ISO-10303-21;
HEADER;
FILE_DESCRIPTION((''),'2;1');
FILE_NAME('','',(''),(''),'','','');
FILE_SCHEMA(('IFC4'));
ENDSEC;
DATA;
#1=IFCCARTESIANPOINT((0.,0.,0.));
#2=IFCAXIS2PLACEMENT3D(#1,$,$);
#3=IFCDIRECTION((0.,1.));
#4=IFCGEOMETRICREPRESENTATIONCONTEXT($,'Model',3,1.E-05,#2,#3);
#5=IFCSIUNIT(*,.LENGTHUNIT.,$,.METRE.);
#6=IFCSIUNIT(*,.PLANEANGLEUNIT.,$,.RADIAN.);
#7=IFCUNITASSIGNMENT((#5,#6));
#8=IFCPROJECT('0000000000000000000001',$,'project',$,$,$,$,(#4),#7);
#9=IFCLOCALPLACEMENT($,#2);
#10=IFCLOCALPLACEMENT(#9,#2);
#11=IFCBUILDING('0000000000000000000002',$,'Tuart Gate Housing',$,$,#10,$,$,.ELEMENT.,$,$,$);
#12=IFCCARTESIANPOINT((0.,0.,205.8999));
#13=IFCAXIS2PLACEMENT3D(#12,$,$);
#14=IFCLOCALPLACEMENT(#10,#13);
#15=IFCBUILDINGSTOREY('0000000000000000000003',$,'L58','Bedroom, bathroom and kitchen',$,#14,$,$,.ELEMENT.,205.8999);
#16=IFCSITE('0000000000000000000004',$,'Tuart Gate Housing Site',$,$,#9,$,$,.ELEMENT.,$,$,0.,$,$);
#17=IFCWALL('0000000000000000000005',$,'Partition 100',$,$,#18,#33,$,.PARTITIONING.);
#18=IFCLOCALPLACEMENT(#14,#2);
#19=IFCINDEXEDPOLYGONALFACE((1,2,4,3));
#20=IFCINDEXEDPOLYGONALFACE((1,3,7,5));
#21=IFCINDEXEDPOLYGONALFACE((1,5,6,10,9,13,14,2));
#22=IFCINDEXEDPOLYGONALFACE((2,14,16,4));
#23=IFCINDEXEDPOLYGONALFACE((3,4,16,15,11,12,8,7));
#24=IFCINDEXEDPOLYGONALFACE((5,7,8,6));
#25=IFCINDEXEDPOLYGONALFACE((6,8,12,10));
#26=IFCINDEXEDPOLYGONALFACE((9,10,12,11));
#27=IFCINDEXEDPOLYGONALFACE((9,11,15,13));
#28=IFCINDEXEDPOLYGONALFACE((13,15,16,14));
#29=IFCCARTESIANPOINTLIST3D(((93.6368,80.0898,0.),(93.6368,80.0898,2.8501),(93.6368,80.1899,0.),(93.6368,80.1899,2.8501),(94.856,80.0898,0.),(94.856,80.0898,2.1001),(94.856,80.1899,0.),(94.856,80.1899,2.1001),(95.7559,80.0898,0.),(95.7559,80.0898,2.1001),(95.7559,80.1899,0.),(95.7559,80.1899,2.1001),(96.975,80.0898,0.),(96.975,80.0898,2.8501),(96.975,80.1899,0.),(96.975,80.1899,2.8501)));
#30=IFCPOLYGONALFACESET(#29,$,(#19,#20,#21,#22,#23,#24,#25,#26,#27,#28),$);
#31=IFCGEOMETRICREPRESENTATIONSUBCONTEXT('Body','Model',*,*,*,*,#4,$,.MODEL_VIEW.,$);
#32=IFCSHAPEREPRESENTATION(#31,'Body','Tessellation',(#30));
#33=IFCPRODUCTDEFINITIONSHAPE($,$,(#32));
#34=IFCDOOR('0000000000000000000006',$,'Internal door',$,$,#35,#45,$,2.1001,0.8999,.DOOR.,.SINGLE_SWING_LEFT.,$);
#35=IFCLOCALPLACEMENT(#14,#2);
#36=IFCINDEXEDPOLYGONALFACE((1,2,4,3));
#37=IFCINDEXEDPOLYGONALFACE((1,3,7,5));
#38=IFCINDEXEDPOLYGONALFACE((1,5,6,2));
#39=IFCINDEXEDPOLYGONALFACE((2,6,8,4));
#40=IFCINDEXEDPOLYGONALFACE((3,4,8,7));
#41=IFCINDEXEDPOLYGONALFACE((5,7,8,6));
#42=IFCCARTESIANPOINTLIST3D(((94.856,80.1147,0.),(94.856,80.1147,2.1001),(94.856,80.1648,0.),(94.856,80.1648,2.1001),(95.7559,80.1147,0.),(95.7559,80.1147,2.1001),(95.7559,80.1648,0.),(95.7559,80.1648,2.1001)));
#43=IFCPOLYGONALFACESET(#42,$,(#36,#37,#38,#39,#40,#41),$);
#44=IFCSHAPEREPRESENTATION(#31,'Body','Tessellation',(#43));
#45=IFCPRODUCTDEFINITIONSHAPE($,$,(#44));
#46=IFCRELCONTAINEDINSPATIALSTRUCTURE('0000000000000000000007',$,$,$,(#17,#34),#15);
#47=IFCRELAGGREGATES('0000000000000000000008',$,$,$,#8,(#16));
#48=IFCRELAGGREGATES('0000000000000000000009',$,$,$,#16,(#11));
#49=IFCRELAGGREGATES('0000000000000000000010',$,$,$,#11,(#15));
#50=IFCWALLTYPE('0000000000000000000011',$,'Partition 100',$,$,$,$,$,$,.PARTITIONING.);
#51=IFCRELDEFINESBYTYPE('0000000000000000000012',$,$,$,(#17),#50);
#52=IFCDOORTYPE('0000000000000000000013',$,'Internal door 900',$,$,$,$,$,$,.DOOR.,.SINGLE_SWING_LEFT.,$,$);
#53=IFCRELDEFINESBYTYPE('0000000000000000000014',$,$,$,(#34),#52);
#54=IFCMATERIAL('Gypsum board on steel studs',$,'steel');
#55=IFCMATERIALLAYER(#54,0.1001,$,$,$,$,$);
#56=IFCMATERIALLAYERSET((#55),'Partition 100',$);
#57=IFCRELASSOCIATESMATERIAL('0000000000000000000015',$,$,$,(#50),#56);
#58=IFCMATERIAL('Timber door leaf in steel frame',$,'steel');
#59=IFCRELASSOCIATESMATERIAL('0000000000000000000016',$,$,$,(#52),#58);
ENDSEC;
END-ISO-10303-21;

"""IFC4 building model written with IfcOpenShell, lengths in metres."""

from ifc_helpers import new_model, si_unit, direction, frame, frame_2d, origin, place, context, subcontext, project, spatial, rectangle, extrude, material, layer, layer_set, type_object, element, fill, save


model = new_model("IFC4")

# Units and contexts
model_context = context("Model", 3, precision=1e-05, world=origin(), true_north=direction((0.0, 1.0)))
body_context = subcontext(model_context, "Body", "Model", "MODEL_VIEW")
ifc_project = project(units=[si_unit("LENGTHUNIT", "METRE"), si_unit("PLANEANGLEUNIT", "RADIAN")], contexts=[model_context])

# Site, building, storey
site_placement = place(None, origin())
site = spatial("IfcSite", under=ifc_project, at=site_placement, Name="Tuart Gate Housing Site", CompositionType="ELEMENT", RefElevation=0.0)
building_placement = place(site_placement, origin())
building = spatial("IfcBuilding", under=site, at=building_placement, Name="Tuart Gate Housing", CompositionType="ELEMENT")
storey_placement = place(building_placement, frame((0.0, 0.0, 205.8999)))
storey = spatial("IfcBuildingStorey", under=building, at=storey_placement, Name="L58", Description="Bedroom, bathroom and kitchen", CompositionType="ELEMENT", Elevation=205.8999)

# Wall, opening, door
ifc_material_1 = material(Name="Gypsum board on steel studs", Category="steel")
ifc_layer = layer(ifc_material_1, 0.1001)
ifc_layer_set = layer_set([ifc_layer], Name="Partition 100")
wall_type = type_object("IfcWallType", Name="Partition 100", PredefinedType="PARTITIONING", material=ifc_layer_set)
wall_1_placement = place(storey_placement, frame((93.637, 80.1399, 0.0), z_axis=(0.0, 0.0, 1.0), x_axis=(1.0, 0.0, 0.0)))
wall_1 = element("IfcWall", 1, at=wall_1_placement, inside=storey, type_object=wall_type, Name="Partition 100", PredefinedType="PARTITIONING", context=body_context, shape_type="SweptSolid", body=[
    extrude(rectangle(XDim=3.3381, YDim=0.1001, at=frame_2d((1.6689, 0.0))), origin(), (0.0, 0.0, 1.0), 2.8501),
])
opening_1_placement = place(wall_1_placement, frame((1.219, 0.0, 0.0)))
opening_1 = element("IfcOpeningElement", 2, at=opening_1_placement, cuts=wall_1, PredefinedType="OPENING", context=body_context, shape_type="SweptSolid", body=[
    extrude(rectangle(XDim=0.8999, YDim=2.1001, at=frame_2d((0.45, 1.05))), frame((0.0, 0.0601, 0.0), z_axis=(0.0, -1.0, 0.0), x_axis=(1.0, 0.0, 0.0)), (0.0, 0.0, 1.0), 0.1201),
])
ifc_material_2 = material(Name="Timber door leaf in steel frame", Category="steel")
door_type_1 = type_object("IfcDoorType", Name="Internal door 900", OperationType="SINGLE_SWING_LEFT", PredefinedType="DOOR", material=ifc_material_2)
door_1_placement = place(opening_1_placement, frame((0.8999, 0.0, 0.0), z_axis=(0.0, 0.0, 1.0), x_axis=(-1.0, 0.0, 0.0)))
door_1 = element("IfcDoor", 3, at=door_1_placement, inside=storey, type_object=door_type_1, Name="Internal door", OperationType="SINGLE_SWING_LEFT", OverallHeight=2.1001, OverallWidth=0.8999, PredefinedType="DOOR", context=body_context, shape_type="SweptSolid", body=[
    extrude(rectangle(XDim=0.8999, YDim=2.1001, at=frame_2d((0.45, 1.05))), frame((0.0, 0.0251, 0.0), z_axis=(0.0, -1.0, 0.0), x_axis=(1.0, 0.0, 0.0)), (0.0, 0.0, 1.0), 0.05),
])
fill(opening_1, door_1)

save(model, "model.ifc")
